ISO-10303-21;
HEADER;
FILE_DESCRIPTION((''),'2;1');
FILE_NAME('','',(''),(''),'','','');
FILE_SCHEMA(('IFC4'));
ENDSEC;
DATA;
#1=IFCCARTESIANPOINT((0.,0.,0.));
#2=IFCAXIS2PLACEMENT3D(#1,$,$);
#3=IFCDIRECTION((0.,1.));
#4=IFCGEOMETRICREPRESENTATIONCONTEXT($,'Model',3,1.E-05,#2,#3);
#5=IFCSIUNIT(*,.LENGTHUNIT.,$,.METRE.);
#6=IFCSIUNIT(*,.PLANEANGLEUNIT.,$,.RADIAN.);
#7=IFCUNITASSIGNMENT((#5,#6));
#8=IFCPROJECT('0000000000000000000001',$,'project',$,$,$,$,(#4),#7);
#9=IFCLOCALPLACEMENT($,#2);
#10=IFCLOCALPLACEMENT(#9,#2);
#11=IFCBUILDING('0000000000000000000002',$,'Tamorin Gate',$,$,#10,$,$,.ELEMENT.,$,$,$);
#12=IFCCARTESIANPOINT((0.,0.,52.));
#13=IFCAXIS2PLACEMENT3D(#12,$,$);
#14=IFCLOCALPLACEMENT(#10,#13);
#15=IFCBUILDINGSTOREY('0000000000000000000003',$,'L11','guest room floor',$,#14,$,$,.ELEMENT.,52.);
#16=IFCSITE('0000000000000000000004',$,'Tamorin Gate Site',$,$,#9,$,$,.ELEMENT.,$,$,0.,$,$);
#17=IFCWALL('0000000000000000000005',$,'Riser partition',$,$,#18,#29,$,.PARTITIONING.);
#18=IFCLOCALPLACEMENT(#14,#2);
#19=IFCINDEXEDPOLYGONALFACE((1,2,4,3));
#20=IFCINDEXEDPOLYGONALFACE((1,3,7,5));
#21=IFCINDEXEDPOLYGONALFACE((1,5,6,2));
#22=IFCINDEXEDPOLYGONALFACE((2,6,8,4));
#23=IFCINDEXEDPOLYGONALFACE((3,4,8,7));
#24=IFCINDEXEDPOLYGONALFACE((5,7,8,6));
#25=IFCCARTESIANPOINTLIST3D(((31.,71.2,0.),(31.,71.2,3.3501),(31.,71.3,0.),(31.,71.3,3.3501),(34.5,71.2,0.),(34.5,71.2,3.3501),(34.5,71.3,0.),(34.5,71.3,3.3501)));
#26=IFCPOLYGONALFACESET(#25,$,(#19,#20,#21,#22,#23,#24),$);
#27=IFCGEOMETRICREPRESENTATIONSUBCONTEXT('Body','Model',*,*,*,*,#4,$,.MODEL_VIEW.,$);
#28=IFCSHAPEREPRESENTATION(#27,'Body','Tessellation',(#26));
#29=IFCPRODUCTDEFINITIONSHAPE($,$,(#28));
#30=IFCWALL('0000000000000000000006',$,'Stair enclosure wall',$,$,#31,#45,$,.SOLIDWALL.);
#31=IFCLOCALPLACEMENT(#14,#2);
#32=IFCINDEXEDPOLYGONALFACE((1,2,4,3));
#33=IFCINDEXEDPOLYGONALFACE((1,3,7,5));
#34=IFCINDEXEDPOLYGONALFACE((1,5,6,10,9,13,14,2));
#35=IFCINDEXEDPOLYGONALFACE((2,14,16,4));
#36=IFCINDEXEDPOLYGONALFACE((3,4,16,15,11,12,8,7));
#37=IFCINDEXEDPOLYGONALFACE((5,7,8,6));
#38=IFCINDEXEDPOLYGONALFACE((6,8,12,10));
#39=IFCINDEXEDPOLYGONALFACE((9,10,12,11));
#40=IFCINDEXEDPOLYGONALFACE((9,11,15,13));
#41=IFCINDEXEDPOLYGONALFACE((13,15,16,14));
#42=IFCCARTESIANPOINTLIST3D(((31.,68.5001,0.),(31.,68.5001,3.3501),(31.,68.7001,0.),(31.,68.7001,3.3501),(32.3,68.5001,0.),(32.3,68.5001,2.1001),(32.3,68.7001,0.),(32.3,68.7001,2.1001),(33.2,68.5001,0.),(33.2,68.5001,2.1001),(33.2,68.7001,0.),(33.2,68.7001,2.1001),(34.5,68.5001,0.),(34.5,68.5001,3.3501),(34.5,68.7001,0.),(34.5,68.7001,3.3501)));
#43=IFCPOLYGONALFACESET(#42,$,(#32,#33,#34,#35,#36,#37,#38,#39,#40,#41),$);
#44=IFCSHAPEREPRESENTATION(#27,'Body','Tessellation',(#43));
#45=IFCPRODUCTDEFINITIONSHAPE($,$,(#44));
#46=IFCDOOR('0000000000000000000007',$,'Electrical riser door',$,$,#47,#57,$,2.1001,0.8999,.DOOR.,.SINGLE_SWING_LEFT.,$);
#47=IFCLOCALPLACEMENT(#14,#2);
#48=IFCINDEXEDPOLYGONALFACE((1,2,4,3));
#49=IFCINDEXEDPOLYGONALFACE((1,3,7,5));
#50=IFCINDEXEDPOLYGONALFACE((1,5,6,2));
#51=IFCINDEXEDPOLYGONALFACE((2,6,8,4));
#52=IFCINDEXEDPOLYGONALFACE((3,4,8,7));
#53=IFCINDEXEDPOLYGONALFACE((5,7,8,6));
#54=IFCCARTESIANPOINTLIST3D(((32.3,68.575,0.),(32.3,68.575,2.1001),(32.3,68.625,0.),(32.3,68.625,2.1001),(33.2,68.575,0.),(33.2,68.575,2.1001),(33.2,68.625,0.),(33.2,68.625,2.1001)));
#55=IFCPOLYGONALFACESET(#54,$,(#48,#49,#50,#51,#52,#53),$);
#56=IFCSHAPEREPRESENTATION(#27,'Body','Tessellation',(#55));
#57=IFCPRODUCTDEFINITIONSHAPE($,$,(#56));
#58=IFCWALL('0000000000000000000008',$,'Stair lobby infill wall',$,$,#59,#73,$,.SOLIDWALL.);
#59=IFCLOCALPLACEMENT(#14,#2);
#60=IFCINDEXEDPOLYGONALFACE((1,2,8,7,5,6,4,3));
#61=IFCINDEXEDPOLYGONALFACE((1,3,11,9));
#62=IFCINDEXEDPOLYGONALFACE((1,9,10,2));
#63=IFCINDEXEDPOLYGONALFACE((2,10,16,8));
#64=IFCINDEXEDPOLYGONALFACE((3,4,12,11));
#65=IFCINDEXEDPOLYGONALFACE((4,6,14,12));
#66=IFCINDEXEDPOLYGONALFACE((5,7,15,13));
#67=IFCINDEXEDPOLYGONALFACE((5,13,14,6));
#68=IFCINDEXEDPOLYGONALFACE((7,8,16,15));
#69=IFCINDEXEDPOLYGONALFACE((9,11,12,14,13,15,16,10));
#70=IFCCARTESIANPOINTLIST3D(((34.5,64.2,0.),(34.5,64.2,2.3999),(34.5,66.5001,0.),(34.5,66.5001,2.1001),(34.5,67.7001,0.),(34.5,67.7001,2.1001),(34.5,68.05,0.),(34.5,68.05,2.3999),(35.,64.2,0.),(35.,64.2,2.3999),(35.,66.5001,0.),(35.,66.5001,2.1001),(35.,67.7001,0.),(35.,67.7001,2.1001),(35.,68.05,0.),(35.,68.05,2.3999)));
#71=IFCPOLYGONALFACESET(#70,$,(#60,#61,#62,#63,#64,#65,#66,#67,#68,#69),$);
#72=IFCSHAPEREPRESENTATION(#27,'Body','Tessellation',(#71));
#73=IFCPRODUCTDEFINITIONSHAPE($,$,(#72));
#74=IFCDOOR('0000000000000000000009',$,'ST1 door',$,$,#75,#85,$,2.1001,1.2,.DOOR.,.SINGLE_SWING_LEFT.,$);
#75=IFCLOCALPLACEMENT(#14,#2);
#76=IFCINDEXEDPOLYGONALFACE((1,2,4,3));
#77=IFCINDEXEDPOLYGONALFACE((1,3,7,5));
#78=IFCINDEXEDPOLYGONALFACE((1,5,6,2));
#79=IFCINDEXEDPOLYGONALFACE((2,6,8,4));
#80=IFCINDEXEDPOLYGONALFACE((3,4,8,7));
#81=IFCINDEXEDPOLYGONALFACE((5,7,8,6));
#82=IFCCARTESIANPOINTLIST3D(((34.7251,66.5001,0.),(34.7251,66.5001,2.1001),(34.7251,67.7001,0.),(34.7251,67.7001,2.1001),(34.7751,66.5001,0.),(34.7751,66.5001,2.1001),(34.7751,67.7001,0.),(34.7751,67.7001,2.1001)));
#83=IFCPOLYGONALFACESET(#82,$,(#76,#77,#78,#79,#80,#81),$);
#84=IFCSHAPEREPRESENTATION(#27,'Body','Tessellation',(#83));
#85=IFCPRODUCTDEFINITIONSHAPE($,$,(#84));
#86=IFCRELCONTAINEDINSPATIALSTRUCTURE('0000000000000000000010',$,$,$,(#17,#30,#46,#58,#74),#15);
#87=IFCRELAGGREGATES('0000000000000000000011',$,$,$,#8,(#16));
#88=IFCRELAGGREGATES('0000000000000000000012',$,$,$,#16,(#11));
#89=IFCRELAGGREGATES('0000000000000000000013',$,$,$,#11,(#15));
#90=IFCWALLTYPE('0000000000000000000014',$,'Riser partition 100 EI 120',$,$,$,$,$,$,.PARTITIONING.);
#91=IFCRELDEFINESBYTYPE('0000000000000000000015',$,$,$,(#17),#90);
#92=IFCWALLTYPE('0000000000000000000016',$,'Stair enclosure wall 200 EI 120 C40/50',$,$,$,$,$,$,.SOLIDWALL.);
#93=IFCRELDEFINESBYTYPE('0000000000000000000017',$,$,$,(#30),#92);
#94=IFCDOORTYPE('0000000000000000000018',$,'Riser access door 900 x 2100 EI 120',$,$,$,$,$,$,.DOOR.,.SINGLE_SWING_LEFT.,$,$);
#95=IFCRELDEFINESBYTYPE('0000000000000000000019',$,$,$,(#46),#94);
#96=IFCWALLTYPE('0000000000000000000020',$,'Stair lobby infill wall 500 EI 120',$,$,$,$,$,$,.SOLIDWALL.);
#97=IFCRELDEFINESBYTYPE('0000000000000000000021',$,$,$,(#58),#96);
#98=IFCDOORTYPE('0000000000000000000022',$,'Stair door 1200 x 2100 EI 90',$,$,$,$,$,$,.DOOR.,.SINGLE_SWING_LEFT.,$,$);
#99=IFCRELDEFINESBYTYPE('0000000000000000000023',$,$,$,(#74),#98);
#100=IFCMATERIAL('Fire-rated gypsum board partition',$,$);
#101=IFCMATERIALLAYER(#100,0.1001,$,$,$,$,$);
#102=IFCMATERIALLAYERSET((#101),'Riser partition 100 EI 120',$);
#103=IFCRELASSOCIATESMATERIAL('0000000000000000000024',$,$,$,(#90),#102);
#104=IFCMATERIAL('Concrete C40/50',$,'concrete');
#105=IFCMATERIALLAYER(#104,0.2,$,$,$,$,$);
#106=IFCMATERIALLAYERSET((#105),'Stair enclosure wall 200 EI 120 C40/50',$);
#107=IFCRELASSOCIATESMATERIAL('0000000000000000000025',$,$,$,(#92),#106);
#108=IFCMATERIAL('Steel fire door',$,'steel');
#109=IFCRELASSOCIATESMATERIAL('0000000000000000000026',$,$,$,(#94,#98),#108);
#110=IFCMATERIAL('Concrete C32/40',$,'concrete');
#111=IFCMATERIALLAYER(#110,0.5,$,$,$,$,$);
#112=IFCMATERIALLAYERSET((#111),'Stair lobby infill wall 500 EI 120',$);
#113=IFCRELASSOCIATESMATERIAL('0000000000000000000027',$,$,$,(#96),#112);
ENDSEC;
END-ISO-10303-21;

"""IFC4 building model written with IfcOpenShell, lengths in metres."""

from ifc_helpers import new_model, si_unit, direction, frame, frame_2d, origin, place, context, subcontext, project, spatial, rectangle, extrude, material, layer, layer_set, type_object, element, fill, save


model = new_model("IFC4")

# Units and contexts
model_context = context("Model", 3, precision=1e-05, world=origin(), true_north=direction((0.0, 1.0)))
body_context = subcontext(model_context, "Body", "Model", "MODEL_VIEW")
ifc_project = project(units=[si_unit("LENGTHUNIT", "METRE"), si_unit("PLANEANGLEUNIT", "RADIAN")], contexts=[model_context])

# Site, building, storey
site_placement = place(None, origin())
site = spatial("IfcSite", under=ifc_project, at=site_placement, Name="Tamorin Gate Site", CompositionType="ELEMENT", RefElevation=0.0)
building_placement = place(site_placement, origin())
building = spatial("IfcBuilding", under=site, at=building_placement, Name="Tamorin Gate", CompositionType="ELEMENT")
storey_placement = place(building_placement, frame((0.0, 0.0, 52.0)))
storey = spatial("IfcBuildingStorey", under=building, at=storey_placement, Name="L11", Description="guest room floor", CompositionType="ELEMENT", Elevation=52.0)

# Shared definitions
ifc_material_1 = material(Name="Concrete C32/40", Category="concrete")

# Wall
ifc_material_2 = material(Name="Fire-rated gypsum board partition")
ifc_layer_1 = layer(ifc_material_2, 0.1001)
ifc_layer_set_1 = layer_set([ifc_layer_1], Name="Riser partition 100 EI 120")
wall_type_1 = type_object("IfcWallType", Name="Riser partition 100 EI 120", PredefinedType="PARTITIONING", material=ifc_layer_set_1)
wall_1_placement = place(storey_placement, frame((31.0, 71.25, 0.0), z_axis=(0.0, 0.0, 1.0), x_axis=(1.0, 0.0, 0.0)))
element("IfcWall", 1, at=wall_1_placement, inside=storey, type_object=wall_type_1, Name="Riser partition", PredefinedType="PARTITIONING", context=body_context, shape_type="SweptSolid", body=[
    extrude(rectangle(XDim=3.5, YDim=0.1001, at=frame_2d((1.75, 0.0))), origin(), (0.0, 0.0, 1.0), 3.3501),
])

# Walls, openings, doors
ifc_material_3 = material(Name="Concrete C40/50", Category="concrete")
ifc_layer_2 = layer(ifc_material_3, 0.2)
ifc_layer_set_2 = layer_set([ifc_layer_2], Name="Stair enclosure wall 200 EI 120 C40/50")
wall_type_2 = type_object("IfcWallType", Name="Stair enclosure wall 200 EI 120 C40/50", PredefinedType="SOLIDWALL", material=ifc_layer_set_2)
wall_2_placement = place(storey_placement, frame((31.0, 68.6001, 0.0), z_axis=(0.0, 0.0, 1.0), x_axis=(1.0, 0.0, 0.0)))
wall_2 = element("IfcWall", 2, at=wall_2_placement, inside=storey, type_object=wall_type_2, Name="Stair enclosure wall", PredefinedType="SOLIDWALL", context=body_context, shape_type="SweptSolid", body=[
    extrude(rectangle(XDim=3.5, YDim=0.2, at=frame_2d((1.75, 0.0))), origin(), (0.0, 0.0, 1.0), 3.3501),
])
opening_1_placement = place(wall_2_placement, frame((1.3, 0.0, 0.0)))
opening_1 = element("IfcOpeningElement", 3, at=opening_1_placement, cuts=wall_2, PredefinedType="OPENING", context=body_context, shape_type="SweptSolid", body=[
    extrude(rectangle(XDim=0.8999, YDim=2.1001, at=frame_2d((0.45, 1.05))), frame((0.0, 0.1099, 0.0), z_axis=(0.0, -1.0, 0.0), x_axis=(1.0, 0.0, 0.0)), (0.0, 0.0, 1.0), 0.22),
])
ifc_material_4 = material(Name="Steel fire door", Category="steel")
door_type_1 = type_object("IfcDoorType", Name="Riser access door 900 x 2100 EI 120", OperationType="SINGLE_SWING_LEFT", PredefinedType="DOOR", material=ifc_material_4)
door_1_placement = place(opening_1_placement, origin())
door_1 = element("IfcDoor", 4, at=door_1_placement, inside=storey, type_object=door_type_1, Name="Electrical riser door", OperationType="SINGLE_SWING_LEFT", OverallHeight=2.1001, OverallWidth=0.8999, PredefinedType="DOOR", context=body_context, shape_type="SweptSolid", body=[
    extrude(rectangle(XDim=0.8999, YDim=2.1001, at=frame_2d((0.45, 1.05))), frame((0.0, 0.0249, 0.0), z_axis=(0.0, -1.0, 0.0), x_axis=(1.0, 0.0, 0.0)), (0.0, 0.0, 1.0), 0.05),
])
fill(opening_1, door_1)
ifc_layer_3 = layer(ifc_material_1, 0.5)
ifc_layer_set_3 = layer_set([ifc_layer_3], Name="Stair lobby infill wall 500 EI 120")
wall_type_3 = type_object("IfcWallType", Name="Stair lobby infill wall 500 EI 120", PredefinedType="SOLIDWALL", material=ifc_layer_set_3)
wall_3_placement = place(storey_placement, frame((34.75, 64.2, 0.0), z_axis=(0.0, 0.0, 1.0), x_axis=(0.0, 1.0, 0.0)))
wall_3 = element("IfcWall", 5, at=wall_3_placement, inside=storey, type_object=wall_type_3, Name="Stair lobby infill wall", PredefinedType="SOLIDWALL", context=body_context, shape_type="SweptSolid", body=[
    extrude(rectangle(XDim=3.8501, YDim=0.5, at=frame_2d((1.925, 0.0))), origin(), (0.0, 0.0, 1.0), 2.3999),
])
opening_2_placement = place(wall_3_placement, frame((2.3, 0.0, 0.0)))
opening_2 = element("IfcOpeningElement", 6, at=opening_2_placement, cuts=wall_3, PredefinedType="OPENING", context=body_context, shape_type="SweptSolid", body=[
    extrude(rectangle(XDim=1.2, YDim=2.1001, at=frame_2d((0.6001, 1.05))), frame((0.0, 0.26, 0.0), z_axis=(0.0, -1.0, 0.0), x_axis=(1.0, 0.0, 0.0)), (0.0, 0.0, 1.0), 0.52),
])
door_type_2 = type_object("IfcDoorType", Name="Stair door 1200 x 2100 EI 90", OperationType="SINGLE_SWING_LEFT", PredefinedType="DOOR", material=ifc_material_4)
door_2_placement = place(opening_2_placement, origin())
door_2 = element("IfcDoor", 7, at=door_2_placement, inside=storey, type_object=door_type_2, Name="ST1 door", OperationType="SINGLE_SWING_LEFT", OverallHeight=2.1001, OverallWidth=1.2, PredefinedType="DOOR", context=body_context, shape_type="SweptSolid", body=[
    extrude(rectangle(XDim=1.2, YDim=2.1001, at=frame_2d((0.6001, 1.05))), frame((0.0, 0.0249, 0.0), z_axis=(0.0, -1.0, 0.0), x_axis=(1.0, 0.0, 0.0)), (0.0, 0.0, 1.0), 0.05),
])
fill(opening_2, door_2)

save(model, "model.ifc")
